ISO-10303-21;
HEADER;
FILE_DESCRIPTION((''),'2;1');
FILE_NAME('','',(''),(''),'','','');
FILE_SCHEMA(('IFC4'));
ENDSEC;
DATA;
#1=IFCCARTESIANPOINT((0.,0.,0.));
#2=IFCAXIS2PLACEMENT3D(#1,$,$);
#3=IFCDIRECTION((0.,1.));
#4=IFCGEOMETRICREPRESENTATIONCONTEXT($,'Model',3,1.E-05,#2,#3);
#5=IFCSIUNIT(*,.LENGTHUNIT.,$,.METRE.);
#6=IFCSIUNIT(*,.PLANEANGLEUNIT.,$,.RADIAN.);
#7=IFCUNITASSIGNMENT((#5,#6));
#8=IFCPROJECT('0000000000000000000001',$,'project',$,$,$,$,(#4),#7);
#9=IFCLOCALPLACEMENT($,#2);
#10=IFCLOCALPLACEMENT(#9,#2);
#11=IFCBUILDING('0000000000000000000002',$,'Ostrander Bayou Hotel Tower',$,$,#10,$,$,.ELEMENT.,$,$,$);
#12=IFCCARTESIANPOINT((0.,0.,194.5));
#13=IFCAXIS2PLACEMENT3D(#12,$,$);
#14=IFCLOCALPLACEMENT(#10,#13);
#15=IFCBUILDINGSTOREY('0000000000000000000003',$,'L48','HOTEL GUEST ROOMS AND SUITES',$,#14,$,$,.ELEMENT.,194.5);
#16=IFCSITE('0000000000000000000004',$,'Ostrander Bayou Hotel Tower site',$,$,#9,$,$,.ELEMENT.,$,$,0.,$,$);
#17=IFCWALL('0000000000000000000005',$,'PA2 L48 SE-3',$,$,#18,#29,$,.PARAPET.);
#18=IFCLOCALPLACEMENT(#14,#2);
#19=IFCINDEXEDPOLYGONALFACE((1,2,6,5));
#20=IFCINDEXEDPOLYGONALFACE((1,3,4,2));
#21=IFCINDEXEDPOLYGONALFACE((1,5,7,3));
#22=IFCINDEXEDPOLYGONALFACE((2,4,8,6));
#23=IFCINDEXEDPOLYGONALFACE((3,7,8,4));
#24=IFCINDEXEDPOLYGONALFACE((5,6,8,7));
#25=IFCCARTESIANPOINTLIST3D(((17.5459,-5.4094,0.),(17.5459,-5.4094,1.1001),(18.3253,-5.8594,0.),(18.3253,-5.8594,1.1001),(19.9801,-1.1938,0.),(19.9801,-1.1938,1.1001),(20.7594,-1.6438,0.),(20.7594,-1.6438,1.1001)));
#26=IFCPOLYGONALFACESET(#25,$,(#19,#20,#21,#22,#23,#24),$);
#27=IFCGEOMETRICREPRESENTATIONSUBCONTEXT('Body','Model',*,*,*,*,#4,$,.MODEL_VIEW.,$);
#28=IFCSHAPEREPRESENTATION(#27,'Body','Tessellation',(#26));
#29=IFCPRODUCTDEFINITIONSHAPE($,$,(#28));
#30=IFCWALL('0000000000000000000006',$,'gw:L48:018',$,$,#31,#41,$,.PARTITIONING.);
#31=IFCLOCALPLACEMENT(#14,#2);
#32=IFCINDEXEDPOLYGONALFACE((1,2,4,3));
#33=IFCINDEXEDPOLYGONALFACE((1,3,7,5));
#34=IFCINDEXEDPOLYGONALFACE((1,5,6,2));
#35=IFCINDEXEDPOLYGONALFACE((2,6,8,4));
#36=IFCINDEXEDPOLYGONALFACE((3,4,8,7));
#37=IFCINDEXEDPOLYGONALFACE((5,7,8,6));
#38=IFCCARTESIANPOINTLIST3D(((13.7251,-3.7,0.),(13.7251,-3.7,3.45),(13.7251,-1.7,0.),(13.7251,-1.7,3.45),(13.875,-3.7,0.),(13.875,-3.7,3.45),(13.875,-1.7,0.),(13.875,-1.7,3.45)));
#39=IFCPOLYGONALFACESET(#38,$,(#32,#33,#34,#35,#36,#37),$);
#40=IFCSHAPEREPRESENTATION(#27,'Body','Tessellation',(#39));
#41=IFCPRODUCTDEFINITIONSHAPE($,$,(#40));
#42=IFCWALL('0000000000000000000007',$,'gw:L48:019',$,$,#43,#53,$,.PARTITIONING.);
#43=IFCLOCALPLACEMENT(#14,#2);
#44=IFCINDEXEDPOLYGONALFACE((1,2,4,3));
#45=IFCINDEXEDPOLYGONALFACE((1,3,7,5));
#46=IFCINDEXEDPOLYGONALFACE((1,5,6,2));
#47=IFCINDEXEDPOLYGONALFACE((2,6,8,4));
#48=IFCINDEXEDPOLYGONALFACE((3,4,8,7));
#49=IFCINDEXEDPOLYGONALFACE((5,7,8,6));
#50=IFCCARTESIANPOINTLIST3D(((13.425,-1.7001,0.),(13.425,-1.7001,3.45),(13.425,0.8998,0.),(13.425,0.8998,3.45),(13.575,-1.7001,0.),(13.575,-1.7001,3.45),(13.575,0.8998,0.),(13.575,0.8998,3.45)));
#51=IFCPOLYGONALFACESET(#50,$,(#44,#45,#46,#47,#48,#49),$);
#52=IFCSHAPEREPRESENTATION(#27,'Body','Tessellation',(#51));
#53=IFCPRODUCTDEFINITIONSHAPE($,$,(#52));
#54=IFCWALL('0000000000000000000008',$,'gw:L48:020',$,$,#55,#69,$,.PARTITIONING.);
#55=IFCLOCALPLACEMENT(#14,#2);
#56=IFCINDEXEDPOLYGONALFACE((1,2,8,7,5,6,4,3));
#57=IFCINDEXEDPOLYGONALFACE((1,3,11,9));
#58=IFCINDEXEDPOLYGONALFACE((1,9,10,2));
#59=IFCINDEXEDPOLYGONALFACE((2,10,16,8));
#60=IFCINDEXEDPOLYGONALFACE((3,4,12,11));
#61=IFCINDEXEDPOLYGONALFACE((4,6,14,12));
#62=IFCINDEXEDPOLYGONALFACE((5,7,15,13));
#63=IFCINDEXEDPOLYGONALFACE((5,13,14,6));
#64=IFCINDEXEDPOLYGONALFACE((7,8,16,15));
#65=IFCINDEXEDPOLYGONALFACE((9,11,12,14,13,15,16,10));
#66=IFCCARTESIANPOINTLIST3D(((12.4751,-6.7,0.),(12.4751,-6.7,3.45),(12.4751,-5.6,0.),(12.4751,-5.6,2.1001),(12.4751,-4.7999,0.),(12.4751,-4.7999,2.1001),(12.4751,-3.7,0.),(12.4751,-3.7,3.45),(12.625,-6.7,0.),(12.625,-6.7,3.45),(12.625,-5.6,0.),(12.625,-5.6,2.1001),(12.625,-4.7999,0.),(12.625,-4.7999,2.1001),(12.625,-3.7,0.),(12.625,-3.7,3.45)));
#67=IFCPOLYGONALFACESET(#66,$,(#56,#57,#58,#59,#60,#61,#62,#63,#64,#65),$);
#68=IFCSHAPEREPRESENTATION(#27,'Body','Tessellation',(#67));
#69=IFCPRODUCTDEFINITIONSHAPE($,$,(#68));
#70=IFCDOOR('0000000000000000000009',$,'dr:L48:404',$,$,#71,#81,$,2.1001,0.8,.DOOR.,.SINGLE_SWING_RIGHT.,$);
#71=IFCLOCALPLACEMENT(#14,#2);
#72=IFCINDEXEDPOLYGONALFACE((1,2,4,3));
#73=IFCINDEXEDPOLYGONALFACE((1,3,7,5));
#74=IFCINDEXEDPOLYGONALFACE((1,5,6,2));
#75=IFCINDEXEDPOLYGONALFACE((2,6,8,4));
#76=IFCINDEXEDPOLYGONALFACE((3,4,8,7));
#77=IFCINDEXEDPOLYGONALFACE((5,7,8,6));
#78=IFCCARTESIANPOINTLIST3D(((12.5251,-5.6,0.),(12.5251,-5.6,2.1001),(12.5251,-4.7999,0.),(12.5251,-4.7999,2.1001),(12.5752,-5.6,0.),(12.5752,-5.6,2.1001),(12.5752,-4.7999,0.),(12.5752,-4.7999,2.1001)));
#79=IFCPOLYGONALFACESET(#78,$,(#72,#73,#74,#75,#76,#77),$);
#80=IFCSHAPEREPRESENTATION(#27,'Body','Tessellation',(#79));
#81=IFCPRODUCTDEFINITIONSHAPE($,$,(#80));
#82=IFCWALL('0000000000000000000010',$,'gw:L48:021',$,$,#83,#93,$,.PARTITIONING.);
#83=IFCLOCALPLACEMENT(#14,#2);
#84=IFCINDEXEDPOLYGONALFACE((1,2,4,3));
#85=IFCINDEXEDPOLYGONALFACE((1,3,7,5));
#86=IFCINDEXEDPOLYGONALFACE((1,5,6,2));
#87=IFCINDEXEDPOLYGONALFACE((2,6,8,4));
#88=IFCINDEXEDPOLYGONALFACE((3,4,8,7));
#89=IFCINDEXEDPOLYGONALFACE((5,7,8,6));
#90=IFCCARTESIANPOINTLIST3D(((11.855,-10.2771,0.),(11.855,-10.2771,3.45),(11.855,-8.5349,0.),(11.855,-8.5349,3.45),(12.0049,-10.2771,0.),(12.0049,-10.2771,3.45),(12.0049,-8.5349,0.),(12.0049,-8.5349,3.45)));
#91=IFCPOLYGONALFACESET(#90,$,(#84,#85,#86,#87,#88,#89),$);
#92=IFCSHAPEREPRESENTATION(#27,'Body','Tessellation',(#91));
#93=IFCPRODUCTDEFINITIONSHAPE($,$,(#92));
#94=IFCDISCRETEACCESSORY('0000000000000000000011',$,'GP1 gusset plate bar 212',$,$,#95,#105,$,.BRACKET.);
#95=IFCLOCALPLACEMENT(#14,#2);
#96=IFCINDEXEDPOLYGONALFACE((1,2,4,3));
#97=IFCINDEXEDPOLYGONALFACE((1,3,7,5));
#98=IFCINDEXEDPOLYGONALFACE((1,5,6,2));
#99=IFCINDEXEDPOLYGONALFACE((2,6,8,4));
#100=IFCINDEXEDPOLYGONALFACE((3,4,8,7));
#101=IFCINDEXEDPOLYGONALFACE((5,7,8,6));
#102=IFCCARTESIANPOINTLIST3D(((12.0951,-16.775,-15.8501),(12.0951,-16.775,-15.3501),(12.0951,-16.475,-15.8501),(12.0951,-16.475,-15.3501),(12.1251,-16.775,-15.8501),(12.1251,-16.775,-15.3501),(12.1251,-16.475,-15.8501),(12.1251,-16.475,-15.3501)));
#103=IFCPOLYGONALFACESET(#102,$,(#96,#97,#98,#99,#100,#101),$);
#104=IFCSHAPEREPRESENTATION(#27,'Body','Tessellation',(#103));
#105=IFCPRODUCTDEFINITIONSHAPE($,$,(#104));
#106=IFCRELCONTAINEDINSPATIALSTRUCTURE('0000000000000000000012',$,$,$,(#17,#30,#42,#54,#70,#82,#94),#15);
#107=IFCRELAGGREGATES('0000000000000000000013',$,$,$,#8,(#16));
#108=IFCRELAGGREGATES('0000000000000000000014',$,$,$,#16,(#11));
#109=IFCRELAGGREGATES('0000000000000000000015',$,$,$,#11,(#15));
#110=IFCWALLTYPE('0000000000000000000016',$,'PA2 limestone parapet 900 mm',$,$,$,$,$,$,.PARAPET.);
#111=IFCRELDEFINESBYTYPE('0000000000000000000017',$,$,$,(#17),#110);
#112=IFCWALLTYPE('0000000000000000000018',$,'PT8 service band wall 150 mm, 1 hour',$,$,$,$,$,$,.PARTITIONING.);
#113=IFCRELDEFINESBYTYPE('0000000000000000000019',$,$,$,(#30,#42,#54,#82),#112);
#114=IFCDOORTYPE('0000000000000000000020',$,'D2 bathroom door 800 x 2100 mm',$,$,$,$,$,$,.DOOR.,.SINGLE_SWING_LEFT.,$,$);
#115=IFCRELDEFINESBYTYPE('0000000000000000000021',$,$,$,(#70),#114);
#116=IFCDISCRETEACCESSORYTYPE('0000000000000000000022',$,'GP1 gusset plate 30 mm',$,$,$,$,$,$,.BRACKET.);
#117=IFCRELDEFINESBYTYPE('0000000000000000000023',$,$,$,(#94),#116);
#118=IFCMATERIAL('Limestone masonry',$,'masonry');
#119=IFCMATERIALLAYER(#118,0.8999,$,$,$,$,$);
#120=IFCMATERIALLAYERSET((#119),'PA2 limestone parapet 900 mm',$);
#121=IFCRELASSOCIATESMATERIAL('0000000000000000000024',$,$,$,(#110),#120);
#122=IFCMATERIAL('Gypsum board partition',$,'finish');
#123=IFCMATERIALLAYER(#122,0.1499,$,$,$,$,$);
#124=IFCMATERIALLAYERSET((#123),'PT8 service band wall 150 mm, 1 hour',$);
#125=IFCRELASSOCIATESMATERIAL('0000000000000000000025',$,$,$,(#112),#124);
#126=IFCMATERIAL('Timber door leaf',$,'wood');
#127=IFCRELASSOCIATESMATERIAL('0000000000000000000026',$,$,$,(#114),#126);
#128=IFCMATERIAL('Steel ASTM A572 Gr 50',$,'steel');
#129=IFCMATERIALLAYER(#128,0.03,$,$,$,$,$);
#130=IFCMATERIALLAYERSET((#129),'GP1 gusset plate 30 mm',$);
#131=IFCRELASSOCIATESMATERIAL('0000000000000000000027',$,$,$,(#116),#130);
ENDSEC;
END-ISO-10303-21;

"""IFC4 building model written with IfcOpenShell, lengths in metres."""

from ifc_helpers import new_model, si_unit, direction, frame, frame_2d, origin, origin_2d, place, context, subcontext, project, spatial, rectangle, extrude, material, layer, layer_set, type_object, element, fill, save


model = new_model("IFC4")

# Units and contexts
model_context = context("Model", 3, precision=1e-05, world=origin(), true_north=direction((0.0, 1.0)))
body_context = subcontext(model_context, "Body", "Model", "MODEL_VIEW")
ifc_project = project(units=[si_unit("LENGTHUNIT", "METRE"), si_unit("PLANEANGLEUNIT", "RADIAN")], contexts=[model_context])

# Site, building, storey
site_placement = place(None, origin())
site = spatial("IfcSite", under=ifc_project, at=site_placement, Name="Ostrander Bayou Hotel Tower site", CompositionType="ELEMENT", RefElevation=0.0)
building_placement = place(site_placement, origin())
building = spatial("IfcBuilding", under=site, at=building_placement, Name="Ostrander Bayou Hotel Tower", CompositionType="ELEMENT")
storey_placement = place(building_placement, frame((0.0, 0.0, 194.5)))
storey = spatial("IfcBuildingStorey", under=building, at=storey_placement, Name="L48", Description="HOTEL GUEST ROOMS AND SUITES", CompositionType="ELEMENT", Elevation=194.5)

# Walls
ifc_material_1 = material(Name="Limestone masonry", Category="masonry")
ifc_layer_1 = layer(ifc_material_1, 0.8999)
ifc_layer_set_1 = layer_set([ifc_layer_1], Name="PA2 limestone parapet 900 mm")
wall_type_1 = type_object("IfcWallType", Name="PA2 limestone parapet 900 mm", PredefinedType="PARAPET", material=ifc_layer_set_1)
wall_1_placement = place(storey_placement, frame((17.9355, -5.6345, 0.0), z_axis=(0.0, 0.0, 1.0), x_axis=(0.500034, 0.866006, 0.0)))
element("IfcWall", 1, at=wall_1_placement, inside=storey, type_object=wall_type_1, Name="PA2 L48 SE-3", PredefinedType="PARAPET", context=body_context, shape_type="SweptSolid", body=[
    extrude(rectangle(XDim=4.8679, YDim=0.8999, at=frame_2d((2.4341, 0.0))), origin(), (0.0, 0.0, 1.0), 1.1001),
])
ifc_material_2 = material(Name="Gypsum board partition", Category="finish")
ifc_layer_2 = layer(ifc_material_2, 0.1499)
ifc_layer_set_2 = layer_set([ifc_layer_2], Name="PT8 service band wall 150 mm, 1 hour")
wall_type_2 = type_object("IfcWallType", Name="PT8 service band wall 150 mm, 1 hour", PredefinedType="PARTITIONING", material=ifc_layer_set_2)
wall_2_placement = place(storey_placement, frame((13.8, -3.7, 0.0), z_axis=(0.0, 0.0, 1.0), x_axis=(0.0, 1.0, 0.0)))
element("IfcWall", 2, at=wall_2_placement, inside=storey, type_object=wall_type_2, Name="gw:L48:018", PredefinedType="PARTITIONING", context=body_context, shape_type="SweptSolid", body=[
    extrude(rectangle(XDim=2.0, YDim=0.1499, at=frame_2d((1.0, 0.0))), origin(), (0.0, 0.0, 1.0), 3.45),
])
wall_3_placement = place(storey_placement, frame((13.5, -1.7, 0.0), z_axis=(0.0, 0.0, 1.0), x_axis=(0.0, 1.0, 0.0)))
element("IfcWall", 3, at=wall_3_placement, inside=storey, type_object=wall_type_2, Name="gw:L48:019", PredefinedType="PARTITIONING", context=body_context, shape_type="SweptSolid", body=[
    extrude(rectangle(XDim=2.5999, YDim=0.1499, at=frame_2d((1.2998, 0.0))), origin(), (0.0, 0.0, 1.0), 3.45),
])

# Wall, opening, door
wall_4_placement = place(storey_placement, frame((12.55, -6.7, 0.0), z_axis=(0.0, 0.0, 1.0), x_axis=(0.0, 1.0, 0.0)))
wall_4 = element("IfcWall", 4, at=wall_4_placement, inside=storey, type_object=wall_type_2, Name="gw:L48:020", PredefinedType="PARTITIONING", context=body_context, shape_type="SweptSolid", body=[
    extrude(rectangle(XDim=3.0, YDim=0.1499, at=frame_2d((1.5, 0.0))), origin(), (0.0, 0.0, 1.0), 3.45),
])
opening_1_placement = place(wall_4_placement, frame((1.1001, 0.0, 0.0)))
opening_1 = element("IfcOpeningElement", 5, at=opening_1_placement, cuts=wall_4, PredefinedType="OPENING", context=body_context, shape_type="SweptSolid", body=[
    extrude(rectangle(XDim=0.8, YDim=2.1001, at=frame_2d((0.3999, 1.05))), frame((0.0, 0.075, 0.0), z_axis=(0.0, -1.0, 0.0), x_axis=(1.0, 0.0, 0.0)), (0.0, 0.0, 1.0), 0.1499),
])
ifc_material_3 = material(Name="Timber door leaf", Category="wood")
door_type = type_object("IfcDoorType", Name="D2 bathroom door 800 x 2100 mm", OperationType="SINGLE_SWING_LEFT", PredefinedType="DOOR", material=ifc_material_3)
door_placement = place(opening_1_placement, origin())
door = element("IfcDoor", 6, at=door_placement, inside=storey, type_object=door_type, Name="dr:L48:404", OperationType="SINGLE_SWING_RIGHT", OverallHeight=2.1001, OverallWidth=0.8, PredefinedType="DOOR", context=body_context, shape_type="SweptSolid", body=[
    extrude(rectangle(XDim=0.8, YDim=2.1001, at=frame_2d((0.3999, 1.05))), frame((0.0, 0.0249, 0.0), z_axis=(0.0, -1.0, 0.0), x_axis=(1.0, 0.0, 0.0)), (0.0, 0.0, 1.0), 0.05),
])
fill(opening_1, door)

# Wall
wall_5_placement = place(storey_placement, frame((11.9299, -10.2771, 0.0), z_axis=(0.0, 0.0, 1.0), x_axis=(0.0, 1.0, 0.0)))
element("IfcWall", 7, at=wall_5_placement, inside=storey, type_object=wall_type_2, Name="gw:L48:021", PredefinedType="PARTITIONING", context=body_context, shape_type="SweptSolid", body=[
    extrude(rectangle(XDim=1.7422, YDim=0.1499, at=frame_2d((0.8711, 0.0))), origin(), (0.0, 0.0, 1.0), 3.45),
])

# Discrete accessory
ifc_material_4 = material(Name="Steel ASTM A572 Gr 50", Category="steel")
ifc_layer_3 = layer(ifc_material_4, 0.03)
ifc_layer_set_3 = layer_set([ifc_layer_3], Name="GP1 gusset plate 30 mm")
discrete_accessory_type = type_object("IfcDiscreteAccessoryType", Name="GP1 gusset plate 30 mm", PredefinedType="BRACKET", material=ifc_layer_set_3)
discrete_accessory_placement = place(storey_placement, frame((12.1101, -16.625, -15.8501), z_axis=(0.0, 0.0, 1.0), x_axis=(0.0, 1.0, 0.0)))
element("IfcDiscreteAccessory", 8, at=discrete_accessory_placement, inside=storey, type_object=discrete_accessory_type, Name="GP1 gusset plate bar 212", PredefinedType="BRACKET", context=body_context, shape_type="SweptSolid", body=[
    extrude(rectangle(XDim=0.3, YDim=0.03, at=origin_2d()), origin(), (0.0, 0.0, 1.0), 0.5),
])

save(model, "model.ifc")
